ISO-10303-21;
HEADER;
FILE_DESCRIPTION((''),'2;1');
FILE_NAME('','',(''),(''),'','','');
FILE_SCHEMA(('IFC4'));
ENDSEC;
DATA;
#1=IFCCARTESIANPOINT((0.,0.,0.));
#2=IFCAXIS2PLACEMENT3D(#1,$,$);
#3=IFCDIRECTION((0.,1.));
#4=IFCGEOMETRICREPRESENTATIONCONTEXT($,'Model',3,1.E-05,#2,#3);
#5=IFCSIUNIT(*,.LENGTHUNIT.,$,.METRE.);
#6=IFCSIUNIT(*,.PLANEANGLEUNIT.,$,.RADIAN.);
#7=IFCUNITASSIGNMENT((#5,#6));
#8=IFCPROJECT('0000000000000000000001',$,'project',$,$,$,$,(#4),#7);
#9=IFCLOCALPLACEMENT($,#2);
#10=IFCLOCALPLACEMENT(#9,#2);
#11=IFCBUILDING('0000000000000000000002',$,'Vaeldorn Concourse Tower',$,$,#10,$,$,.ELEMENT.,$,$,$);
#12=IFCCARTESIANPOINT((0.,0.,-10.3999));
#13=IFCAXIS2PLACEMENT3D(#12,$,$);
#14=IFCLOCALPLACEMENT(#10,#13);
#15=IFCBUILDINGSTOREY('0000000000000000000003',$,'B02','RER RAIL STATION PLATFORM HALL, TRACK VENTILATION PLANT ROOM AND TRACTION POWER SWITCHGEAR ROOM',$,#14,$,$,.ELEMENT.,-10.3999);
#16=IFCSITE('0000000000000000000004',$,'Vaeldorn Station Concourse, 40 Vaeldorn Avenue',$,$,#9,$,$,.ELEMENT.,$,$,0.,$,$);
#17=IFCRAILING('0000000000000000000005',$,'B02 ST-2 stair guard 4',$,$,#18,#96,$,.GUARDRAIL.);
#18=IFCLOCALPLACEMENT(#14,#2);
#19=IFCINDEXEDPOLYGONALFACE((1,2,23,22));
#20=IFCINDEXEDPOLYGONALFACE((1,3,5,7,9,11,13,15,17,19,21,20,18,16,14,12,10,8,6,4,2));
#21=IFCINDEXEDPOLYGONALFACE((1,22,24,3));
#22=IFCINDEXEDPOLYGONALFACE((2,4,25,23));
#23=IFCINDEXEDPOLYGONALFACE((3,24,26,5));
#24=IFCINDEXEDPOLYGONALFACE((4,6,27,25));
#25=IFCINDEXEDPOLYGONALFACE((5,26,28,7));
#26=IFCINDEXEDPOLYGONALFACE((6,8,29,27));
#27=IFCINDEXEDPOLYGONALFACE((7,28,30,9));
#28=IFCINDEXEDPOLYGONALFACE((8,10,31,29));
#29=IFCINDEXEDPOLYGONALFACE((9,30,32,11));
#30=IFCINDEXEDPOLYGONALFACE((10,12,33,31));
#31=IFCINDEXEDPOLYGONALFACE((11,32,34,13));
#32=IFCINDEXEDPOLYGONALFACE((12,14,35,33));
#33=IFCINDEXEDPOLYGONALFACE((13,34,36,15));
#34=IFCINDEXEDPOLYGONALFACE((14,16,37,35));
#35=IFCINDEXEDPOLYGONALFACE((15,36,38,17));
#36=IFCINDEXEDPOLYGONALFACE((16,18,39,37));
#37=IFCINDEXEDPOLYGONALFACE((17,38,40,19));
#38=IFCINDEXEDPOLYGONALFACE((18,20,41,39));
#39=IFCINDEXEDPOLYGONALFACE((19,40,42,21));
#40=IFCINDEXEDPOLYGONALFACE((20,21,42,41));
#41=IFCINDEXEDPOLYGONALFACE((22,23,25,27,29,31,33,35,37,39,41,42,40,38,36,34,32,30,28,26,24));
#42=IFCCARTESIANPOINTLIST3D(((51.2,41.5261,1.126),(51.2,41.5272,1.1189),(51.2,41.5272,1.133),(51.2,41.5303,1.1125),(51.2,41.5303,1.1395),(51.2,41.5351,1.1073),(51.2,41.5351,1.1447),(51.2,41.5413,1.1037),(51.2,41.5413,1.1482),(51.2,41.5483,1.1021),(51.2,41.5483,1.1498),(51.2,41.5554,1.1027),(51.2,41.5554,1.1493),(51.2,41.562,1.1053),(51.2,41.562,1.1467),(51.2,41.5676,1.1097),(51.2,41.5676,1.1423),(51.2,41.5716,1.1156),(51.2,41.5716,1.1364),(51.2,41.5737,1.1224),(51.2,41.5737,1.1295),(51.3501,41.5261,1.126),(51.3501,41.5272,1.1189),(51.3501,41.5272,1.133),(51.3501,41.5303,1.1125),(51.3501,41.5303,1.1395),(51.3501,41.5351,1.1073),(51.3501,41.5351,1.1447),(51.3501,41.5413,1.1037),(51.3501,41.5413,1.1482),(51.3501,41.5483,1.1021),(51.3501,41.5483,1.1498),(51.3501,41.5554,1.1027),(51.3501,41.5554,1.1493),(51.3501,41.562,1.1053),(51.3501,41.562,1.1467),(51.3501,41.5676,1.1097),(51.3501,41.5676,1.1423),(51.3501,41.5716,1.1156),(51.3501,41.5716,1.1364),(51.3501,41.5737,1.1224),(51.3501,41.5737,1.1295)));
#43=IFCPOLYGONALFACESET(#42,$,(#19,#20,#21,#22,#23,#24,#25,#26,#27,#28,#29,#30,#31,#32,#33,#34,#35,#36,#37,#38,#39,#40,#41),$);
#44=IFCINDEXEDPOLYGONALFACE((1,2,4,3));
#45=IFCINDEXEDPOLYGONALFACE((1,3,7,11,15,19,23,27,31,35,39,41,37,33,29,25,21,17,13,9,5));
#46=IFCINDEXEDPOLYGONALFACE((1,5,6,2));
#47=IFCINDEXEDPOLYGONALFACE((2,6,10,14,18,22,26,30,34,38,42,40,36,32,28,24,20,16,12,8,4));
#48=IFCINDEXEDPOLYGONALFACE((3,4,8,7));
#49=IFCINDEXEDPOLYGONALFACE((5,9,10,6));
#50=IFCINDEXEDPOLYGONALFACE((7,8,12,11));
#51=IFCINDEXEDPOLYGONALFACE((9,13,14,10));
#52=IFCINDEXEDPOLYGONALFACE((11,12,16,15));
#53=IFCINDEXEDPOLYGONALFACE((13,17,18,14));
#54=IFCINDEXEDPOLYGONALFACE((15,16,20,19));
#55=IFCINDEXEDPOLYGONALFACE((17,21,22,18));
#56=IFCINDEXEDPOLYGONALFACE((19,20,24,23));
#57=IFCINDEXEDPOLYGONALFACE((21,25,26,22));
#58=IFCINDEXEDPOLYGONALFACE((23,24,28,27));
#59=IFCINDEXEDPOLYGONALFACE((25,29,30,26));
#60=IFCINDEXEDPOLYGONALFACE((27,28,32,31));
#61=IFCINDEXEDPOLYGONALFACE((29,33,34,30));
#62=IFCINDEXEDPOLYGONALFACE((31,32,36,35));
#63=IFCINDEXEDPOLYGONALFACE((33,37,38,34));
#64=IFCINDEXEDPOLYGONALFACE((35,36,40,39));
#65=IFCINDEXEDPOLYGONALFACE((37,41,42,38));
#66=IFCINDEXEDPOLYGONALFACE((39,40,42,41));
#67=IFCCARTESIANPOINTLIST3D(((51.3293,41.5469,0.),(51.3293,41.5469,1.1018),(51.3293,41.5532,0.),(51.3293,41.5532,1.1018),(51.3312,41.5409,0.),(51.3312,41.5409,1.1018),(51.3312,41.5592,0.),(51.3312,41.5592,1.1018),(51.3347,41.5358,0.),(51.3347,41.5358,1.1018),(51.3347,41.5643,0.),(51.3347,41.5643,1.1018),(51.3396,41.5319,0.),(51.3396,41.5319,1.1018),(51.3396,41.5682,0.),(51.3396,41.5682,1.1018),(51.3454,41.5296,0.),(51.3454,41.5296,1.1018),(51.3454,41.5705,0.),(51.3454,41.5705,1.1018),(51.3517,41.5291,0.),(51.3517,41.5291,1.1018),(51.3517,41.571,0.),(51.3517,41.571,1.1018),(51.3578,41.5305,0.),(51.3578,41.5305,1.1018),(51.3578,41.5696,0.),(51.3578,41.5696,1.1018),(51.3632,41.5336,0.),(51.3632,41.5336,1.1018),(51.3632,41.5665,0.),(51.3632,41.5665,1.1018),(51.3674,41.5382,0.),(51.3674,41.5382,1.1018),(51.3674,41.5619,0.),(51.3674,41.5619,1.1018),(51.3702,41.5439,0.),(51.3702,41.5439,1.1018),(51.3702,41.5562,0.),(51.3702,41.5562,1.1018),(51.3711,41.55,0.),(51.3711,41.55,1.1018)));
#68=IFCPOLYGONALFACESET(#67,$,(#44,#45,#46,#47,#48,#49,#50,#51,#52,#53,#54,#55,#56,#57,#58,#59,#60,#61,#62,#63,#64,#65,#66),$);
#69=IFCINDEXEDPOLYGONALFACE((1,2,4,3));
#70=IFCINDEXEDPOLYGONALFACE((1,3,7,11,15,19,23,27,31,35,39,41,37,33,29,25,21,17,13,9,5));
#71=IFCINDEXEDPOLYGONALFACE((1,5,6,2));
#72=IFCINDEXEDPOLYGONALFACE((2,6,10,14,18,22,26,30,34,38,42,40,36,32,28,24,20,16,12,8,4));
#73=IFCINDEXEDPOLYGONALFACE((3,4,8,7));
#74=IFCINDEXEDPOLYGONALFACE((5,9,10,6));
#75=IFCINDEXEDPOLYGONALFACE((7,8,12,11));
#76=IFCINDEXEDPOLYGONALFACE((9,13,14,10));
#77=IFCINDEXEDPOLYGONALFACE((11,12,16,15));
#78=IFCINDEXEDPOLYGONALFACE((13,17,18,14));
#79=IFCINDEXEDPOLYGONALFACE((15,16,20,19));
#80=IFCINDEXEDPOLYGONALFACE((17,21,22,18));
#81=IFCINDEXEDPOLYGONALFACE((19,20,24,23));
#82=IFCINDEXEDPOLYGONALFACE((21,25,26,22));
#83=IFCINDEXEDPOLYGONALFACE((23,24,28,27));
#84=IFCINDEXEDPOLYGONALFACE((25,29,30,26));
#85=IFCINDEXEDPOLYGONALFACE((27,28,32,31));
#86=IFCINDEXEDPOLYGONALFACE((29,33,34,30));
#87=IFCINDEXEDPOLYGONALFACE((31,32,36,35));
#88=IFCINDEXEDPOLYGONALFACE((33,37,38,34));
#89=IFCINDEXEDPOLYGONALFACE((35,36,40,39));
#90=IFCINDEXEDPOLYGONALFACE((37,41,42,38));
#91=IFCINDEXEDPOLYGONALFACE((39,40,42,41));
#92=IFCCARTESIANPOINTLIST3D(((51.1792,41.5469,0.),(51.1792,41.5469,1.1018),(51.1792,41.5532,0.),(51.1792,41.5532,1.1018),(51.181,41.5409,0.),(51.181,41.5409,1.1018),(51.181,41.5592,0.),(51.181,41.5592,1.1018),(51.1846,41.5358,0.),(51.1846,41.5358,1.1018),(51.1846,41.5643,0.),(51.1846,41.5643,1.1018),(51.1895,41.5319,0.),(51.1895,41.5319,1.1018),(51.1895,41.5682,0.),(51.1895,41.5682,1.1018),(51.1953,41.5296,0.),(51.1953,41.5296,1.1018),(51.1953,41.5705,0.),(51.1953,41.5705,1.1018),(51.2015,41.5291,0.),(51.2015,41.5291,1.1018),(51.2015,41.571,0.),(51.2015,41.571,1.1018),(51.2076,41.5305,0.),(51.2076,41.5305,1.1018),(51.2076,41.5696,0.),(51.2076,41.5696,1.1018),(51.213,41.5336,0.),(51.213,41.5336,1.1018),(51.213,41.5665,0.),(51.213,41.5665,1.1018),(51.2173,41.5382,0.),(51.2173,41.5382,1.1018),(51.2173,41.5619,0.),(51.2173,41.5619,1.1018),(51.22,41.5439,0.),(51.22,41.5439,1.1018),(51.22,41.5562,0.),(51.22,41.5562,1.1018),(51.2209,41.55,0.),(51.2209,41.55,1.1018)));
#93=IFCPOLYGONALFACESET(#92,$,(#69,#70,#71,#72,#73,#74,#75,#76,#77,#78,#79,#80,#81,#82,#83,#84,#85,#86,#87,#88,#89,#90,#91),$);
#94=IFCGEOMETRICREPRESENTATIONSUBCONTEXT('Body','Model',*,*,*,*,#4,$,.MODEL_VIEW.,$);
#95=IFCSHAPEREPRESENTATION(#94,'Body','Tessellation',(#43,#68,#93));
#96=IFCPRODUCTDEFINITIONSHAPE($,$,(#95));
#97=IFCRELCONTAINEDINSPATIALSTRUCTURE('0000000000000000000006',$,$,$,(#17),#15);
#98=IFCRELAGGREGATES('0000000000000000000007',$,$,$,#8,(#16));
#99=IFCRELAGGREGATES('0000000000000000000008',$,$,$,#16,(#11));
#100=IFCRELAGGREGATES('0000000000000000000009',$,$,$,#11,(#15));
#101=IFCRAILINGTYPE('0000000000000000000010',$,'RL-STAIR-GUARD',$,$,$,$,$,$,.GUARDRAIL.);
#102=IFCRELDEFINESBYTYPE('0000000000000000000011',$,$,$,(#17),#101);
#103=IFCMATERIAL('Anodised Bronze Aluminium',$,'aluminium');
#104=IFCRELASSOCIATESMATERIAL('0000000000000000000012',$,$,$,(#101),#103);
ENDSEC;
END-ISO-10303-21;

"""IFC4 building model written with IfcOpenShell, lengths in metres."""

from ifc_helpers import new_model, si_unit, direction, frame, origin, origin_2d, place, context, subcontext, project, spatial, circle, extrude, material, type_object, element, save


model = new_model("IFC4")

# Units and contexts
model_context = context("Model", 3, precision=1e-05, world=origin(), true_north=direction((0.0, 1.0)))
body_context = subcontext(model_context, "Body", "Model", "MODEL_VIEW")
ifc_project = project(units=[si_unit("LENGTHUNIT", "METRE"), si_unit("PLANEANGLEUNIT", "RADIAN")], contexts=[model_context])

# Site, building, storey
site_placement = place(None, origin())
site = spatial("IfcSite", under=ifc_project, at=site_placement, Name="Vaeldorn Station Concourse, 40 Vaeldorn Avenue", CompositionType="ELEMENT", RefElevation=0.0)
building_placement = place(site_placement, origin())
building = spatial("IfcBuilding", under=site, at=building_placement, Name="Vaeldorn Concourse Tower", CompositionType="ELEMENT")
storey_placement = place(building_placement, frame((0.0, 0.0, -10.3999)))
storey = spatial("IfcBuildingStorey", under=building, at=storey_placement, Name="B02", Description="RER RAIL STATION PLATFORM HALL, TRACK VENTILATION PLANT ROOM AND TRACTION POWER SWITCHGEAR ROOM", CompositionType="ELEMENT", Elevation=-10.3999)

# Shared definitions
ifc_material_1 = material(Name="Anodised Bronze Aluminium", Category="aluminium")

# Railing
railing_type_1 = type_object("IfcRailingType", Name="RL-STAIR-GUARD", PredefinedType="GUARDRAIL", material=ifc_material_1)
railing_1_placement = place(storey_placement, frame((51.3501, 41.55, 0.0)))
element("IfcRailing", 1, at=railing_1_placement, inside=storey, type_object=railing_type_1, Name="B02 ST-2 stair guard 4", PredefinedType="GUARDRAIL", context=body_context, shape_type="SweptSolid", body=[
    extrude(circle(Radius=0.0239, at=origin_2d()), frame((0.0, 0.0, 1.126), z_axis=(-1.0, 0.0, 0.0), x_axis=(0.0, -1.0, 0.0)), (0.0, 0.0, 1.0), 0.1501),
    extrude(circle(Radius=0.021, at=origin_2d()), origin(), (0.0, 0.0, 1.0), 1.1018),
    extrude(circle(Radius=0.021, at=origin_2d()), frame((-0.1501, 0.0, 0.0)), (0.0, 0.0, 1.0), 1.1018),
])

save(model, "model.ifc")
